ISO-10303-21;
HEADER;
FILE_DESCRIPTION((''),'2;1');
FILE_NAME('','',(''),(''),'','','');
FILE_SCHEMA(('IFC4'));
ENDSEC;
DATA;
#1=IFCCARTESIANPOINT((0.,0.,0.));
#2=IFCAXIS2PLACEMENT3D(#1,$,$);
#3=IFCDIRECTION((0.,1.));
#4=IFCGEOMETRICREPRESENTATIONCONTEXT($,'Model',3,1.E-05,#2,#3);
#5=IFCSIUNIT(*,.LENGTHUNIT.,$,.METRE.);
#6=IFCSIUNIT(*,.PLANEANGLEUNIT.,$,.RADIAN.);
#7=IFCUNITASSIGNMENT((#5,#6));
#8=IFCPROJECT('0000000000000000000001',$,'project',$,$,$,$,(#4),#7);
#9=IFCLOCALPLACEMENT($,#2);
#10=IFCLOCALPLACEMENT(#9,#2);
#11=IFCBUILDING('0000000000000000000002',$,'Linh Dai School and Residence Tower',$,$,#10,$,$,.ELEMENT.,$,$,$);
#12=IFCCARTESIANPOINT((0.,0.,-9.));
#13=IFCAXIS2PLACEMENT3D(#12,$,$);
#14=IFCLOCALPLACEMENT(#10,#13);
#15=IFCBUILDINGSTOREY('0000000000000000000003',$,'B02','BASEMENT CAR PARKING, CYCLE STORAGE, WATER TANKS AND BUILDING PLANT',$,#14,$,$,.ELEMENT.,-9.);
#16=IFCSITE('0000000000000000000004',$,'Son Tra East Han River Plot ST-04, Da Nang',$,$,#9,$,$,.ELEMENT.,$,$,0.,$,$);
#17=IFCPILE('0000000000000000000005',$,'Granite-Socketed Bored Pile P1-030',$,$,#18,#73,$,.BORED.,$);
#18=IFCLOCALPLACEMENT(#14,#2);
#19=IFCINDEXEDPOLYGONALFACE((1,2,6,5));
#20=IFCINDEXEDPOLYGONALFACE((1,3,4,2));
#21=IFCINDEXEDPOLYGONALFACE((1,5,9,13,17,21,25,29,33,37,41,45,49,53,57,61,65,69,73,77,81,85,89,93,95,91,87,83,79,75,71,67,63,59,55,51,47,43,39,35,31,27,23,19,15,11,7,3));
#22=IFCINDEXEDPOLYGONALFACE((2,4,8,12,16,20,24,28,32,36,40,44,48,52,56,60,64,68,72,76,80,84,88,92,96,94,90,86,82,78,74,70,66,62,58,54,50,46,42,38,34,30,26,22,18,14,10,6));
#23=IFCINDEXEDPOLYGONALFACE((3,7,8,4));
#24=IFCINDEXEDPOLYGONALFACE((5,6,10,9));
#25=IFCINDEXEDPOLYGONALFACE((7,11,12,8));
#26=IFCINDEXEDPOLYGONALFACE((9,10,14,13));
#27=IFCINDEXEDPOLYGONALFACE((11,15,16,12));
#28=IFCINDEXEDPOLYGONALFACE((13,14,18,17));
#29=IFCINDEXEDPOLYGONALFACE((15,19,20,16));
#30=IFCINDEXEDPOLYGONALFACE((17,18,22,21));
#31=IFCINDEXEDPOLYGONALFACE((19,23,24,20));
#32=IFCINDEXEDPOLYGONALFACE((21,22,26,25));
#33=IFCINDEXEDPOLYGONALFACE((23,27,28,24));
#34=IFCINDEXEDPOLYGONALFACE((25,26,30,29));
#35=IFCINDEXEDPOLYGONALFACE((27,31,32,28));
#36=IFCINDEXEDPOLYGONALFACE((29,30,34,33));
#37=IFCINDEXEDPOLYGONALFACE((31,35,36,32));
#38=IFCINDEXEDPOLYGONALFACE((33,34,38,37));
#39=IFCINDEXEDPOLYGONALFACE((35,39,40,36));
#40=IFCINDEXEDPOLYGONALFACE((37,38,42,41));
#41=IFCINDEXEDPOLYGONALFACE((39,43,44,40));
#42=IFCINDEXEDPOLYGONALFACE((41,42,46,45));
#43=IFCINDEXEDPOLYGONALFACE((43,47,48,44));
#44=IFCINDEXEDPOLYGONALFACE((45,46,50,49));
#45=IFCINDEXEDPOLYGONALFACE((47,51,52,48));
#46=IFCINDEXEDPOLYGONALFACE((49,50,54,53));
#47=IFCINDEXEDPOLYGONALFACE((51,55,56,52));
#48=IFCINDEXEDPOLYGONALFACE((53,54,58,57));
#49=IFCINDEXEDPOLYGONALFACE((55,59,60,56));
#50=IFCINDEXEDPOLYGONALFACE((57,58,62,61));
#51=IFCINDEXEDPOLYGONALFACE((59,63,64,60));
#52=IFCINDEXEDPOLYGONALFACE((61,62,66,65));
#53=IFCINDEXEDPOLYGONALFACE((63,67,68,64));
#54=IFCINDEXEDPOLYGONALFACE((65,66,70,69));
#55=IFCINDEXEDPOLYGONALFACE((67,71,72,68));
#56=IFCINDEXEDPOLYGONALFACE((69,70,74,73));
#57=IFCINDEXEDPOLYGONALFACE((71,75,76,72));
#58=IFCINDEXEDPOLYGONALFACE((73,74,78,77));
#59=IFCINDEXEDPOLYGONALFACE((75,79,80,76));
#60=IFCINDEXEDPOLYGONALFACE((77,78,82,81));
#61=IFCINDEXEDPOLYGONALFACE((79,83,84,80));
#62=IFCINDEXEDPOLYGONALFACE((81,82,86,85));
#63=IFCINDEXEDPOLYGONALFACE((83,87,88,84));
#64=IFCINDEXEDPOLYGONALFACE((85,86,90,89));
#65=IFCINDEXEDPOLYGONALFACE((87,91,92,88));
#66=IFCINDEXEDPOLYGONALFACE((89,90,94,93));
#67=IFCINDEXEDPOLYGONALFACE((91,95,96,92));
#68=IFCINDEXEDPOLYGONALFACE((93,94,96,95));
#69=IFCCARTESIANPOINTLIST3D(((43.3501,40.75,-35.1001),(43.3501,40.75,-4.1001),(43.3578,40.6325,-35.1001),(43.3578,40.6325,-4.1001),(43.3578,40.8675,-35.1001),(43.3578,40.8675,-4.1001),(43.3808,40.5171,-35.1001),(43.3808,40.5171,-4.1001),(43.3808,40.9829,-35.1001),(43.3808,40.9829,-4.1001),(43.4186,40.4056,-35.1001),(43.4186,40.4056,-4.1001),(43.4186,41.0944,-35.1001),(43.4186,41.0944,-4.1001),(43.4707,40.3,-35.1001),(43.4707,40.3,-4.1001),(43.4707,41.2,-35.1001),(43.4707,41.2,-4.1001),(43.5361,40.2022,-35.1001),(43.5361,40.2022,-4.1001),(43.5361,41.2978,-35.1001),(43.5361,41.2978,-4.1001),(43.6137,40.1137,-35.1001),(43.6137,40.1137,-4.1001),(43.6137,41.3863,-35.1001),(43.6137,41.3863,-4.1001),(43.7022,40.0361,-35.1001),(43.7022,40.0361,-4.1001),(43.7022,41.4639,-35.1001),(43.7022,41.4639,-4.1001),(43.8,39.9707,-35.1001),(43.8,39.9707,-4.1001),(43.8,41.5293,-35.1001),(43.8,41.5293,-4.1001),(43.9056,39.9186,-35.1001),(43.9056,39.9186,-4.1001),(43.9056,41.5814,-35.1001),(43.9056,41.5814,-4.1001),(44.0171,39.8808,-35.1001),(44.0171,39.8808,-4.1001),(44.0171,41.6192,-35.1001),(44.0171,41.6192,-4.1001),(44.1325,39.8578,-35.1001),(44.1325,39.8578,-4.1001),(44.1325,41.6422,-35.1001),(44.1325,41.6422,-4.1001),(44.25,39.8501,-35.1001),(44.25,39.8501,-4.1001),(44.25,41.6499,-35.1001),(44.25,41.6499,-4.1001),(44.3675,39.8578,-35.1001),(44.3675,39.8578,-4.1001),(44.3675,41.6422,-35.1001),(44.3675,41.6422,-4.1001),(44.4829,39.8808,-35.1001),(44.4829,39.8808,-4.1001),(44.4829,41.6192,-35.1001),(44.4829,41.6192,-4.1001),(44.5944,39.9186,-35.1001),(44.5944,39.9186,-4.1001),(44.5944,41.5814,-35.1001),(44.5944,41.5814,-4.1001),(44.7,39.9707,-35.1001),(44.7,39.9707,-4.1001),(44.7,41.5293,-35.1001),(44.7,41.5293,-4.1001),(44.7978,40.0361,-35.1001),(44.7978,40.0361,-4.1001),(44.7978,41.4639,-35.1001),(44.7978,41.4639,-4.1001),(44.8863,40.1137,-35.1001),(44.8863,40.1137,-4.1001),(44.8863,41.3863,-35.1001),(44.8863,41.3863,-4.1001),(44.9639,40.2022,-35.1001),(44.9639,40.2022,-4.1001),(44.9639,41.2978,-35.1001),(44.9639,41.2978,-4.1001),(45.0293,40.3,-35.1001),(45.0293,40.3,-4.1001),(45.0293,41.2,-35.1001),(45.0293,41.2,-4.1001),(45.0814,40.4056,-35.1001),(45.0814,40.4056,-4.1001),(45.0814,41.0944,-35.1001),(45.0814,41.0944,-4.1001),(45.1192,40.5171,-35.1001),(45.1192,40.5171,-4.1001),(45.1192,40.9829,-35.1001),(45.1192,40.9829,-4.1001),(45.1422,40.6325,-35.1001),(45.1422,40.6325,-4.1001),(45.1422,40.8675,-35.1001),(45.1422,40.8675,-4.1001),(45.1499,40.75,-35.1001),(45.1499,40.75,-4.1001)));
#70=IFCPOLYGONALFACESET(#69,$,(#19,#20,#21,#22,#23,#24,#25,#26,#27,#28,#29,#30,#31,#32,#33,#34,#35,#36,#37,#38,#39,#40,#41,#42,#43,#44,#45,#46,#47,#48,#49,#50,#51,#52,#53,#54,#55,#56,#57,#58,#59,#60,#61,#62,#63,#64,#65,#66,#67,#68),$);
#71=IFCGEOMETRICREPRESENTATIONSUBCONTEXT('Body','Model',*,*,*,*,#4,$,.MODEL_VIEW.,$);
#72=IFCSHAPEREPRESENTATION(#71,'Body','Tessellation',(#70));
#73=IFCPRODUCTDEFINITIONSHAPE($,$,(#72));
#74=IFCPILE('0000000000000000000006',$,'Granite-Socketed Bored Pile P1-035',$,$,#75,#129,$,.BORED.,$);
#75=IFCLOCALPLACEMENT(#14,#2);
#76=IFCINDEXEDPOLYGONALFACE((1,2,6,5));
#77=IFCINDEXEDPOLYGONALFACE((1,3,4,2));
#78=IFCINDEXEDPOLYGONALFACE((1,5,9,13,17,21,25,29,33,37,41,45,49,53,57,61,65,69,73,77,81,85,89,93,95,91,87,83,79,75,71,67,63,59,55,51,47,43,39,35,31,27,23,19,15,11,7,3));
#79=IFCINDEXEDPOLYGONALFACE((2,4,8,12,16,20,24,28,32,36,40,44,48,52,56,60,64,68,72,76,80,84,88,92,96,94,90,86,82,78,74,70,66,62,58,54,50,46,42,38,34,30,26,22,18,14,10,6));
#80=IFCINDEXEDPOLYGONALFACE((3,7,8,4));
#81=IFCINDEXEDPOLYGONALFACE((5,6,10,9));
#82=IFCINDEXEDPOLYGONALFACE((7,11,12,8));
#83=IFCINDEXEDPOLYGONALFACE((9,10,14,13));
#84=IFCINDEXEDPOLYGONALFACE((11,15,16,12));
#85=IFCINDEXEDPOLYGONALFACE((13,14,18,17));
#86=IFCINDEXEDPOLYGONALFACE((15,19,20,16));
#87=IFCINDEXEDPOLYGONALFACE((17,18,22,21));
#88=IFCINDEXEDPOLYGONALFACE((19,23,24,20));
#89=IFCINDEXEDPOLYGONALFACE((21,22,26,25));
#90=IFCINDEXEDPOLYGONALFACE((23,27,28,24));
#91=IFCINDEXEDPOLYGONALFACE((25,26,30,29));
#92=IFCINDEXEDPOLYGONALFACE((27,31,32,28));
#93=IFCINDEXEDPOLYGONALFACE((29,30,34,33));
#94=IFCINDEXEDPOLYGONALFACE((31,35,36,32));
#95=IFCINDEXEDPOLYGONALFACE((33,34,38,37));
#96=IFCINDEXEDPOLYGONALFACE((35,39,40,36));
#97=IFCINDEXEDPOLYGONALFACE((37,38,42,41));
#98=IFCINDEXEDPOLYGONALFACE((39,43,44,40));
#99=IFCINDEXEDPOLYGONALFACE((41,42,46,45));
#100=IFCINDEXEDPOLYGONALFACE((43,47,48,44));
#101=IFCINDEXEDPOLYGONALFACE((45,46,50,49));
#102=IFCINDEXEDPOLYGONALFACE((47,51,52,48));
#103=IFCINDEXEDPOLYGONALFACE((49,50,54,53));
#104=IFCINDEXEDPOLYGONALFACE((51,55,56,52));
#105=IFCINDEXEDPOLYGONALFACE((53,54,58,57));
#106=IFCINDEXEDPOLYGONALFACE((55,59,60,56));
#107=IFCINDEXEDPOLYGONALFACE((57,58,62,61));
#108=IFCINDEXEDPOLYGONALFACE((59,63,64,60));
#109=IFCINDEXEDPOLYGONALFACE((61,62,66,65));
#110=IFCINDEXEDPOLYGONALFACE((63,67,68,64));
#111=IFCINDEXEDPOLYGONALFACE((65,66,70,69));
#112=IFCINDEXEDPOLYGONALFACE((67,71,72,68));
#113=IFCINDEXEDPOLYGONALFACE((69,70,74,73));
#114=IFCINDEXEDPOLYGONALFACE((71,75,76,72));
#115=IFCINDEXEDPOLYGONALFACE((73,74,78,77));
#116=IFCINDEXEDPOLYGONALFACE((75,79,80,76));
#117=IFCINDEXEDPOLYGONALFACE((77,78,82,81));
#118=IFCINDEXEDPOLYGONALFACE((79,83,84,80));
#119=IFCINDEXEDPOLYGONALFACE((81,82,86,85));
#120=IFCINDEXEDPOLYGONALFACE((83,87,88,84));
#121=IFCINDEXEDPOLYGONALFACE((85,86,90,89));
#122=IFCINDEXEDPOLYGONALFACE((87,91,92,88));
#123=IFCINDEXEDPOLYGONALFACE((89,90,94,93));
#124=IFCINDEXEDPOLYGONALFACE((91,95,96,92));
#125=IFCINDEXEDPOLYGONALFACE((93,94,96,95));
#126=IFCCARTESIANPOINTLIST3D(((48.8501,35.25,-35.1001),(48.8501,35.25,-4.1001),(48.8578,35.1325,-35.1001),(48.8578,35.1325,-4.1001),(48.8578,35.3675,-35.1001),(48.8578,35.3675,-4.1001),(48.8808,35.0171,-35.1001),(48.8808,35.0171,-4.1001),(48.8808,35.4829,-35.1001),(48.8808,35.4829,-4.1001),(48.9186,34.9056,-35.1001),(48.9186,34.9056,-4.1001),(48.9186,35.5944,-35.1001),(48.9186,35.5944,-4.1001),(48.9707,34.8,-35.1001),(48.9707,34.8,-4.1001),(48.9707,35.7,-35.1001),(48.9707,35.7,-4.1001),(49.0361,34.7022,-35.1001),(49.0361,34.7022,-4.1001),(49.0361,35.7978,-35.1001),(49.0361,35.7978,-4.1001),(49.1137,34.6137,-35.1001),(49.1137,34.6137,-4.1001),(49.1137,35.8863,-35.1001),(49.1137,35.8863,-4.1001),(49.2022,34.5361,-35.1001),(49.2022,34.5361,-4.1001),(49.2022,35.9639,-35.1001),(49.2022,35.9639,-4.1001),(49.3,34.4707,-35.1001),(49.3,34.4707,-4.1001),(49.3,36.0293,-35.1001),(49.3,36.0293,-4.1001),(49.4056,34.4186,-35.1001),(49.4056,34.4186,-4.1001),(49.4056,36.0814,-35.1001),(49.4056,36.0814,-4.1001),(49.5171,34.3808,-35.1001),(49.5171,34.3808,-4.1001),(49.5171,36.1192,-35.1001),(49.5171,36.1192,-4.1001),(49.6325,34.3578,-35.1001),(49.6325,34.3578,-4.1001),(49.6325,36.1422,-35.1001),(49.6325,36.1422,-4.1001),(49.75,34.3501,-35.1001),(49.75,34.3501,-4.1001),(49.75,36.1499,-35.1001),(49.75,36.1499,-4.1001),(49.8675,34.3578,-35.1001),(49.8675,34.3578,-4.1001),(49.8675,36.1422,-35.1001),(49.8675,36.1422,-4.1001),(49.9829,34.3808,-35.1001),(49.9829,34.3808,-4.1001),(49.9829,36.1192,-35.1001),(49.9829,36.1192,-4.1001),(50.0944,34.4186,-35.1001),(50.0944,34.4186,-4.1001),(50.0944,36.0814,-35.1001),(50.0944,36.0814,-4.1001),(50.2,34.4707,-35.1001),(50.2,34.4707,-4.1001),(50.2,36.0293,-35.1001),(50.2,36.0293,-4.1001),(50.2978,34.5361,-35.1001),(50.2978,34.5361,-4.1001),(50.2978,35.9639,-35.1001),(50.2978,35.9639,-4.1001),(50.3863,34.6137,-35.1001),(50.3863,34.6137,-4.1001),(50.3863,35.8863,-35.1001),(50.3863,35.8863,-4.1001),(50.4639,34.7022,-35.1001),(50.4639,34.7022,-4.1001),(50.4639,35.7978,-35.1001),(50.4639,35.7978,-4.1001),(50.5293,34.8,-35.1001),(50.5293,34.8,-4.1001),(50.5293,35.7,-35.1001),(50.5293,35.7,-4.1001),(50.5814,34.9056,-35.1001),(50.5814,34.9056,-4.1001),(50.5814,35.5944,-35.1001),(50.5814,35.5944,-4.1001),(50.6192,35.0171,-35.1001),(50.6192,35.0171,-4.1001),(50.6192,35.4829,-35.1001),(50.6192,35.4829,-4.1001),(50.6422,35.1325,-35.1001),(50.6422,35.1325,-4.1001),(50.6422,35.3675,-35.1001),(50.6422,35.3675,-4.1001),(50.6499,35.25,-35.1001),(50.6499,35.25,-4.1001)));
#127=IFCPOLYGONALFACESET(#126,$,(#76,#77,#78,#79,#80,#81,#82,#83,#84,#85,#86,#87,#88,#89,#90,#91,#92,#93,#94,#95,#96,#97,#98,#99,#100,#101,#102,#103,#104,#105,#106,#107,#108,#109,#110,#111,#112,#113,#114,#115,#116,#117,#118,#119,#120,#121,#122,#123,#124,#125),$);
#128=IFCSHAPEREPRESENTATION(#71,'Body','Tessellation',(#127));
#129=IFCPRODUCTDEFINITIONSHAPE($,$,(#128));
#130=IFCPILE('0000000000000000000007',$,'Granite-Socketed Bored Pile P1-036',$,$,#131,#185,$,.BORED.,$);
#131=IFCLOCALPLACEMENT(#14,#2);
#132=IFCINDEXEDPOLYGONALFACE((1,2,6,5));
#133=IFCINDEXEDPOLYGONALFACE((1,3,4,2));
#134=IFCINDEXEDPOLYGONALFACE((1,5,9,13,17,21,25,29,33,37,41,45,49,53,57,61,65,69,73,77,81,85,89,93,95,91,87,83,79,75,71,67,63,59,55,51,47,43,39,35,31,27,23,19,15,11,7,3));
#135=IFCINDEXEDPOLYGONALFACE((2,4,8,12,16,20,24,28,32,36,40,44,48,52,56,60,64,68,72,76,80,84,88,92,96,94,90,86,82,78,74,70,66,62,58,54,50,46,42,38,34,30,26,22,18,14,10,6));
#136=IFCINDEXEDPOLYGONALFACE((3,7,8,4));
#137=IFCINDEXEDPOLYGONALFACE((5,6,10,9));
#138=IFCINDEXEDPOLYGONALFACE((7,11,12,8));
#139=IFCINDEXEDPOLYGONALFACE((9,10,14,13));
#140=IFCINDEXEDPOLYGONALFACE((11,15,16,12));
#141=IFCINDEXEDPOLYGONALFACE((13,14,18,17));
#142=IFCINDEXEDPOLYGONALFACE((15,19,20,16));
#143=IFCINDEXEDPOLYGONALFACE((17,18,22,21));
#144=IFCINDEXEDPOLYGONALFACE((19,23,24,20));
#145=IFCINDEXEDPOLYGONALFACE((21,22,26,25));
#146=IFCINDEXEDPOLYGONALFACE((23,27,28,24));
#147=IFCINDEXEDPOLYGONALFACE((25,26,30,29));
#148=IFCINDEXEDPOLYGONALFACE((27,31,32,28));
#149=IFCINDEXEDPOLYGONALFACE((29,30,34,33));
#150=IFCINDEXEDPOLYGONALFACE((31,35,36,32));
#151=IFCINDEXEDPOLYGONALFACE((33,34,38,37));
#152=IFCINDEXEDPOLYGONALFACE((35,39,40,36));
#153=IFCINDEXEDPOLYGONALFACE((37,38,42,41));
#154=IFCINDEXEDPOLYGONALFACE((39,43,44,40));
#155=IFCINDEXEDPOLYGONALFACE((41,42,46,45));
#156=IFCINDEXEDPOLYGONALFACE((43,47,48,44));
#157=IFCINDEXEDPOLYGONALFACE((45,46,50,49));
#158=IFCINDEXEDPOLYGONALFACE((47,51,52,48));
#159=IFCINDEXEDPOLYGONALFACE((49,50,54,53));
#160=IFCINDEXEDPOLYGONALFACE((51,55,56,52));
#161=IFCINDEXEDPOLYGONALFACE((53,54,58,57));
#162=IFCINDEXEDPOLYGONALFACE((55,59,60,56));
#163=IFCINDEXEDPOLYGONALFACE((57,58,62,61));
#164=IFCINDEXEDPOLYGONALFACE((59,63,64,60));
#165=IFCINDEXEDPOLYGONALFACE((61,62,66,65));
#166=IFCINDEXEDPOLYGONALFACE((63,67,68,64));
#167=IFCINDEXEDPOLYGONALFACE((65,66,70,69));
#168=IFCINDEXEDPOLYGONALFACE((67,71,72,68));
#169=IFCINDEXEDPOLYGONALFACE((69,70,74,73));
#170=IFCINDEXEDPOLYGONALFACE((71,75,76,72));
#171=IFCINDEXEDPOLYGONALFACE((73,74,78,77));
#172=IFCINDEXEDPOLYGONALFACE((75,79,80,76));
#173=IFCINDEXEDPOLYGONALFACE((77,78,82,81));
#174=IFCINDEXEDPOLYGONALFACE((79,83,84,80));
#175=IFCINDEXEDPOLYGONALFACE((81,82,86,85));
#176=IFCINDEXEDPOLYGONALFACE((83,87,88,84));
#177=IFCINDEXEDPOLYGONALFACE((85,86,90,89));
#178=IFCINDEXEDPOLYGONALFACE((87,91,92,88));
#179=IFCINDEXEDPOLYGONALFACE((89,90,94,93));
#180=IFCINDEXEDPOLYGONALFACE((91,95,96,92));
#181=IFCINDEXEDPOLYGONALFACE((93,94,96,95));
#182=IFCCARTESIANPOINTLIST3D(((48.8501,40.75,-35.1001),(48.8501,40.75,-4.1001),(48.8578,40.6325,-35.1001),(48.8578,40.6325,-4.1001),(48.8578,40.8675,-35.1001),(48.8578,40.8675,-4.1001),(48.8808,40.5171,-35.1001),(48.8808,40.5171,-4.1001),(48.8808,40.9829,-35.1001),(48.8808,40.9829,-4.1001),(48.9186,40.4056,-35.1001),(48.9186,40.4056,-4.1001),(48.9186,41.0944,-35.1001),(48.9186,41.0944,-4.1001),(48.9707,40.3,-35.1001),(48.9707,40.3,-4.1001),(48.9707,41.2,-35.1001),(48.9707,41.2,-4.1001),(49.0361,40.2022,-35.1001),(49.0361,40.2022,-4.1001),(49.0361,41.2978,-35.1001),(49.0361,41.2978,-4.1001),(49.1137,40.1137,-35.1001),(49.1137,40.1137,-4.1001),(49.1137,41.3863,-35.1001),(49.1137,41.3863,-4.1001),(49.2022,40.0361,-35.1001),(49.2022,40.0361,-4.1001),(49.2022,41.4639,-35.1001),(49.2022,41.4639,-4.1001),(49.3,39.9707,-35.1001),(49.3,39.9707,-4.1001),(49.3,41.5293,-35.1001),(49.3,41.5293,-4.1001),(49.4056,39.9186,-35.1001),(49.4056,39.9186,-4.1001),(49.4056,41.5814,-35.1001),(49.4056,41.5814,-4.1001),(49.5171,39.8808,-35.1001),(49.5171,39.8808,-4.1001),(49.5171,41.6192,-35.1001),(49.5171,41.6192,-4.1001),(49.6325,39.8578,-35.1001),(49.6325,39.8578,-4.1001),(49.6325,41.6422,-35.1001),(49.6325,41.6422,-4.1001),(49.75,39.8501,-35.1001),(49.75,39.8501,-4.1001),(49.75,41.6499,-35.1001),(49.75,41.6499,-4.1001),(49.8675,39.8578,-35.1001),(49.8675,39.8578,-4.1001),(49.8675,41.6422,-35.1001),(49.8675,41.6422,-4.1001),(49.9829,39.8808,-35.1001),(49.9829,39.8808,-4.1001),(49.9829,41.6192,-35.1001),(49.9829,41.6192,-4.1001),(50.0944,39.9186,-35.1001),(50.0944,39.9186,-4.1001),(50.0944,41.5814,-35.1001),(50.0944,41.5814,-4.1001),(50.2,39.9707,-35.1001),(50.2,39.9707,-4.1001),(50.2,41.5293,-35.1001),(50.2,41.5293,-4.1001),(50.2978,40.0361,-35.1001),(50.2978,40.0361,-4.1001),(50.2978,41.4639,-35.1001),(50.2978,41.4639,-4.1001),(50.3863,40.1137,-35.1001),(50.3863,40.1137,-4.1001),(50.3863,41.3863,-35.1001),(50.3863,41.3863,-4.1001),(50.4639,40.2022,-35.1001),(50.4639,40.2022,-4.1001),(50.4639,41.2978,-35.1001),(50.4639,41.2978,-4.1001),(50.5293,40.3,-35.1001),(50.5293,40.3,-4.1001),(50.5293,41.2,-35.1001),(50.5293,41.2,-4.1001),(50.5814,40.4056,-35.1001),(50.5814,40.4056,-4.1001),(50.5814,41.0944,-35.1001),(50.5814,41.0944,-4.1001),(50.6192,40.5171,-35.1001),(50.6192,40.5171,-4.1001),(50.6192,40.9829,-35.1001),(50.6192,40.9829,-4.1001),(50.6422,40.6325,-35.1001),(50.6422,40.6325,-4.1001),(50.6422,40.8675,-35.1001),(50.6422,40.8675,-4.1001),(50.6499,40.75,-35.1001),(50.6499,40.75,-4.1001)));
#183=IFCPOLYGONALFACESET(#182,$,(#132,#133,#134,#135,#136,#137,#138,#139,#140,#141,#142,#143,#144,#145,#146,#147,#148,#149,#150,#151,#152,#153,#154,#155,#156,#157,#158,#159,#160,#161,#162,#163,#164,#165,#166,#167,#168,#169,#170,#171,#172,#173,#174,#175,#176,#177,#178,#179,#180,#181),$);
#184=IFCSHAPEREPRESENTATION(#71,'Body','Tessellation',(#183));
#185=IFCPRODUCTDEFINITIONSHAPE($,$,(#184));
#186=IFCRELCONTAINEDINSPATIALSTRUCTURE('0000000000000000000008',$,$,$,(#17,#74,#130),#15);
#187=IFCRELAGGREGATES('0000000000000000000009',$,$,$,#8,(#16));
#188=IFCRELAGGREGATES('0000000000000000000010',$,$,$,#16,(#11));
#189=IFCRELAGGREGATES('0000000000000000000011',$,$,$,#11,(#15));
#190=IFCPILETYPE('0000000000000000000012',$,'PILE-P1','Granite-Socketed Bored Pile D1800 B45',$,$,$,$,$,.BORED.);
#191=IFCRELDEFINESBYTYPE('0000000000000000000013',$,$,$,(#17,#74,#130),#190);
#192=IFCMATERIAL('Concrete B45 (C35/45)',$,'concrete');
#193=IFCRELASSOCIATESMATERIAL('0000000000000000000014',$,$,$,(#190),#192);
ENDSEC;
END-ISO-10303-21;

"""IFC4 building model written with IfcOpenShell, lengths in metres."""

from ifc_helpers import new_model, si_unit, direction, frame, origin, origin_2d, place, context, subcontext, project, spatial, circle, extrude, material, material_profile, profile_set, type_object, element, save


model = new_model("IFC4")

# Units and contexts
model_context = context("Model", 3, precision=1e-05, world=origin(), true_north=direction((0.0, 1.0)))
body_context = subcontext(model_context, "Body", "Model", "MODEL_VIEW")
ifc_project = project(units=[si_unit("LENGTHUNIT", "METRE"), si_unit("PLANEANGLEUNIT", "RADIAN")], contexts=[model_context])

# Site, building, storey
site_placement = place(None, origin())
site = spatial("IfcSite", under=ifc_project, at=site_placement, Name="Son Tra East Han River Plot ST-04, Da Nang", CompositionType="ELEMENT", RefElevation=0.0)
building_placement = place(site_placement, origin())
building = spatial("IfcBuilding", under=site, at=building_placement, Name="Linh Dai School and Residence Tower", CompositionType="ELEMENT")
storey_placement = place(building_placement, frame((0.0, 0.0, -9.0)))
storey = spatial("IfcBuildingStorey", under=building, at=storey_placement, Name="B02", Description="BASEMENT CAR PARKING, CYCLE STORAGE, WATER TANKS AND BUILDING PLANT", CompositionType="ELEMENT", Elevation=-9.0)

# Piles
ifc_material_1 = material(Name="Concrete B45 (C35/45)", Category="concrete")
ifc_material_profile_1 = material_profile(ifc_material_1, circle(Radius=0.8999, at=origin_2d()), Name="PILE D1800")
ifc_profile_set_1 = profile_set([ifc_material_profile_1], Name="Concrete B45 (C35/45)")
pile_type_1 = type_object("IfcPileType", Name="PILE-P1", Description="Granite-Socketed Bored Pile D1800 B45", PredefinedType="BORED", material=ifc_profile_set_1)
for number, where, z_axis, x_axis, name in (
    (1, (44.25, 40.75, -4.1001), (0.0, 0.0, -1.0), (1.0, 0.0, 0.0), "Granite-Socketed Bored Pile P1-030"),
    (2, (49.75, 35.25, -4.1001), (0.0, 0.0, -1.0), (1.0, 0.0, 0.0), "Granite-Socketed Bored Pile P1-035"),
    (3, (49.75, 40.75, -4.1001), (0.0, 0.0, -1.0), (1.0, 0.0, 0.0), "Granite-Socketed Bored Pile P1-036"),
):
    element("IfcPile", number, at=place(storey_placement, frame(where, z_axis=z_axis, x_axis=x_axis)), inside=storey, type_object=pile_type_1, Name=name, PredefinedType="BORED", context=body_context, shape_type="SweptSolid", body=[
        extrude(circle(Radius=0.8999, at=origin_2d()), origin(), (0.0, 0.0, 1.0), 31.0),
    ])

save(model, "model.ifc")
